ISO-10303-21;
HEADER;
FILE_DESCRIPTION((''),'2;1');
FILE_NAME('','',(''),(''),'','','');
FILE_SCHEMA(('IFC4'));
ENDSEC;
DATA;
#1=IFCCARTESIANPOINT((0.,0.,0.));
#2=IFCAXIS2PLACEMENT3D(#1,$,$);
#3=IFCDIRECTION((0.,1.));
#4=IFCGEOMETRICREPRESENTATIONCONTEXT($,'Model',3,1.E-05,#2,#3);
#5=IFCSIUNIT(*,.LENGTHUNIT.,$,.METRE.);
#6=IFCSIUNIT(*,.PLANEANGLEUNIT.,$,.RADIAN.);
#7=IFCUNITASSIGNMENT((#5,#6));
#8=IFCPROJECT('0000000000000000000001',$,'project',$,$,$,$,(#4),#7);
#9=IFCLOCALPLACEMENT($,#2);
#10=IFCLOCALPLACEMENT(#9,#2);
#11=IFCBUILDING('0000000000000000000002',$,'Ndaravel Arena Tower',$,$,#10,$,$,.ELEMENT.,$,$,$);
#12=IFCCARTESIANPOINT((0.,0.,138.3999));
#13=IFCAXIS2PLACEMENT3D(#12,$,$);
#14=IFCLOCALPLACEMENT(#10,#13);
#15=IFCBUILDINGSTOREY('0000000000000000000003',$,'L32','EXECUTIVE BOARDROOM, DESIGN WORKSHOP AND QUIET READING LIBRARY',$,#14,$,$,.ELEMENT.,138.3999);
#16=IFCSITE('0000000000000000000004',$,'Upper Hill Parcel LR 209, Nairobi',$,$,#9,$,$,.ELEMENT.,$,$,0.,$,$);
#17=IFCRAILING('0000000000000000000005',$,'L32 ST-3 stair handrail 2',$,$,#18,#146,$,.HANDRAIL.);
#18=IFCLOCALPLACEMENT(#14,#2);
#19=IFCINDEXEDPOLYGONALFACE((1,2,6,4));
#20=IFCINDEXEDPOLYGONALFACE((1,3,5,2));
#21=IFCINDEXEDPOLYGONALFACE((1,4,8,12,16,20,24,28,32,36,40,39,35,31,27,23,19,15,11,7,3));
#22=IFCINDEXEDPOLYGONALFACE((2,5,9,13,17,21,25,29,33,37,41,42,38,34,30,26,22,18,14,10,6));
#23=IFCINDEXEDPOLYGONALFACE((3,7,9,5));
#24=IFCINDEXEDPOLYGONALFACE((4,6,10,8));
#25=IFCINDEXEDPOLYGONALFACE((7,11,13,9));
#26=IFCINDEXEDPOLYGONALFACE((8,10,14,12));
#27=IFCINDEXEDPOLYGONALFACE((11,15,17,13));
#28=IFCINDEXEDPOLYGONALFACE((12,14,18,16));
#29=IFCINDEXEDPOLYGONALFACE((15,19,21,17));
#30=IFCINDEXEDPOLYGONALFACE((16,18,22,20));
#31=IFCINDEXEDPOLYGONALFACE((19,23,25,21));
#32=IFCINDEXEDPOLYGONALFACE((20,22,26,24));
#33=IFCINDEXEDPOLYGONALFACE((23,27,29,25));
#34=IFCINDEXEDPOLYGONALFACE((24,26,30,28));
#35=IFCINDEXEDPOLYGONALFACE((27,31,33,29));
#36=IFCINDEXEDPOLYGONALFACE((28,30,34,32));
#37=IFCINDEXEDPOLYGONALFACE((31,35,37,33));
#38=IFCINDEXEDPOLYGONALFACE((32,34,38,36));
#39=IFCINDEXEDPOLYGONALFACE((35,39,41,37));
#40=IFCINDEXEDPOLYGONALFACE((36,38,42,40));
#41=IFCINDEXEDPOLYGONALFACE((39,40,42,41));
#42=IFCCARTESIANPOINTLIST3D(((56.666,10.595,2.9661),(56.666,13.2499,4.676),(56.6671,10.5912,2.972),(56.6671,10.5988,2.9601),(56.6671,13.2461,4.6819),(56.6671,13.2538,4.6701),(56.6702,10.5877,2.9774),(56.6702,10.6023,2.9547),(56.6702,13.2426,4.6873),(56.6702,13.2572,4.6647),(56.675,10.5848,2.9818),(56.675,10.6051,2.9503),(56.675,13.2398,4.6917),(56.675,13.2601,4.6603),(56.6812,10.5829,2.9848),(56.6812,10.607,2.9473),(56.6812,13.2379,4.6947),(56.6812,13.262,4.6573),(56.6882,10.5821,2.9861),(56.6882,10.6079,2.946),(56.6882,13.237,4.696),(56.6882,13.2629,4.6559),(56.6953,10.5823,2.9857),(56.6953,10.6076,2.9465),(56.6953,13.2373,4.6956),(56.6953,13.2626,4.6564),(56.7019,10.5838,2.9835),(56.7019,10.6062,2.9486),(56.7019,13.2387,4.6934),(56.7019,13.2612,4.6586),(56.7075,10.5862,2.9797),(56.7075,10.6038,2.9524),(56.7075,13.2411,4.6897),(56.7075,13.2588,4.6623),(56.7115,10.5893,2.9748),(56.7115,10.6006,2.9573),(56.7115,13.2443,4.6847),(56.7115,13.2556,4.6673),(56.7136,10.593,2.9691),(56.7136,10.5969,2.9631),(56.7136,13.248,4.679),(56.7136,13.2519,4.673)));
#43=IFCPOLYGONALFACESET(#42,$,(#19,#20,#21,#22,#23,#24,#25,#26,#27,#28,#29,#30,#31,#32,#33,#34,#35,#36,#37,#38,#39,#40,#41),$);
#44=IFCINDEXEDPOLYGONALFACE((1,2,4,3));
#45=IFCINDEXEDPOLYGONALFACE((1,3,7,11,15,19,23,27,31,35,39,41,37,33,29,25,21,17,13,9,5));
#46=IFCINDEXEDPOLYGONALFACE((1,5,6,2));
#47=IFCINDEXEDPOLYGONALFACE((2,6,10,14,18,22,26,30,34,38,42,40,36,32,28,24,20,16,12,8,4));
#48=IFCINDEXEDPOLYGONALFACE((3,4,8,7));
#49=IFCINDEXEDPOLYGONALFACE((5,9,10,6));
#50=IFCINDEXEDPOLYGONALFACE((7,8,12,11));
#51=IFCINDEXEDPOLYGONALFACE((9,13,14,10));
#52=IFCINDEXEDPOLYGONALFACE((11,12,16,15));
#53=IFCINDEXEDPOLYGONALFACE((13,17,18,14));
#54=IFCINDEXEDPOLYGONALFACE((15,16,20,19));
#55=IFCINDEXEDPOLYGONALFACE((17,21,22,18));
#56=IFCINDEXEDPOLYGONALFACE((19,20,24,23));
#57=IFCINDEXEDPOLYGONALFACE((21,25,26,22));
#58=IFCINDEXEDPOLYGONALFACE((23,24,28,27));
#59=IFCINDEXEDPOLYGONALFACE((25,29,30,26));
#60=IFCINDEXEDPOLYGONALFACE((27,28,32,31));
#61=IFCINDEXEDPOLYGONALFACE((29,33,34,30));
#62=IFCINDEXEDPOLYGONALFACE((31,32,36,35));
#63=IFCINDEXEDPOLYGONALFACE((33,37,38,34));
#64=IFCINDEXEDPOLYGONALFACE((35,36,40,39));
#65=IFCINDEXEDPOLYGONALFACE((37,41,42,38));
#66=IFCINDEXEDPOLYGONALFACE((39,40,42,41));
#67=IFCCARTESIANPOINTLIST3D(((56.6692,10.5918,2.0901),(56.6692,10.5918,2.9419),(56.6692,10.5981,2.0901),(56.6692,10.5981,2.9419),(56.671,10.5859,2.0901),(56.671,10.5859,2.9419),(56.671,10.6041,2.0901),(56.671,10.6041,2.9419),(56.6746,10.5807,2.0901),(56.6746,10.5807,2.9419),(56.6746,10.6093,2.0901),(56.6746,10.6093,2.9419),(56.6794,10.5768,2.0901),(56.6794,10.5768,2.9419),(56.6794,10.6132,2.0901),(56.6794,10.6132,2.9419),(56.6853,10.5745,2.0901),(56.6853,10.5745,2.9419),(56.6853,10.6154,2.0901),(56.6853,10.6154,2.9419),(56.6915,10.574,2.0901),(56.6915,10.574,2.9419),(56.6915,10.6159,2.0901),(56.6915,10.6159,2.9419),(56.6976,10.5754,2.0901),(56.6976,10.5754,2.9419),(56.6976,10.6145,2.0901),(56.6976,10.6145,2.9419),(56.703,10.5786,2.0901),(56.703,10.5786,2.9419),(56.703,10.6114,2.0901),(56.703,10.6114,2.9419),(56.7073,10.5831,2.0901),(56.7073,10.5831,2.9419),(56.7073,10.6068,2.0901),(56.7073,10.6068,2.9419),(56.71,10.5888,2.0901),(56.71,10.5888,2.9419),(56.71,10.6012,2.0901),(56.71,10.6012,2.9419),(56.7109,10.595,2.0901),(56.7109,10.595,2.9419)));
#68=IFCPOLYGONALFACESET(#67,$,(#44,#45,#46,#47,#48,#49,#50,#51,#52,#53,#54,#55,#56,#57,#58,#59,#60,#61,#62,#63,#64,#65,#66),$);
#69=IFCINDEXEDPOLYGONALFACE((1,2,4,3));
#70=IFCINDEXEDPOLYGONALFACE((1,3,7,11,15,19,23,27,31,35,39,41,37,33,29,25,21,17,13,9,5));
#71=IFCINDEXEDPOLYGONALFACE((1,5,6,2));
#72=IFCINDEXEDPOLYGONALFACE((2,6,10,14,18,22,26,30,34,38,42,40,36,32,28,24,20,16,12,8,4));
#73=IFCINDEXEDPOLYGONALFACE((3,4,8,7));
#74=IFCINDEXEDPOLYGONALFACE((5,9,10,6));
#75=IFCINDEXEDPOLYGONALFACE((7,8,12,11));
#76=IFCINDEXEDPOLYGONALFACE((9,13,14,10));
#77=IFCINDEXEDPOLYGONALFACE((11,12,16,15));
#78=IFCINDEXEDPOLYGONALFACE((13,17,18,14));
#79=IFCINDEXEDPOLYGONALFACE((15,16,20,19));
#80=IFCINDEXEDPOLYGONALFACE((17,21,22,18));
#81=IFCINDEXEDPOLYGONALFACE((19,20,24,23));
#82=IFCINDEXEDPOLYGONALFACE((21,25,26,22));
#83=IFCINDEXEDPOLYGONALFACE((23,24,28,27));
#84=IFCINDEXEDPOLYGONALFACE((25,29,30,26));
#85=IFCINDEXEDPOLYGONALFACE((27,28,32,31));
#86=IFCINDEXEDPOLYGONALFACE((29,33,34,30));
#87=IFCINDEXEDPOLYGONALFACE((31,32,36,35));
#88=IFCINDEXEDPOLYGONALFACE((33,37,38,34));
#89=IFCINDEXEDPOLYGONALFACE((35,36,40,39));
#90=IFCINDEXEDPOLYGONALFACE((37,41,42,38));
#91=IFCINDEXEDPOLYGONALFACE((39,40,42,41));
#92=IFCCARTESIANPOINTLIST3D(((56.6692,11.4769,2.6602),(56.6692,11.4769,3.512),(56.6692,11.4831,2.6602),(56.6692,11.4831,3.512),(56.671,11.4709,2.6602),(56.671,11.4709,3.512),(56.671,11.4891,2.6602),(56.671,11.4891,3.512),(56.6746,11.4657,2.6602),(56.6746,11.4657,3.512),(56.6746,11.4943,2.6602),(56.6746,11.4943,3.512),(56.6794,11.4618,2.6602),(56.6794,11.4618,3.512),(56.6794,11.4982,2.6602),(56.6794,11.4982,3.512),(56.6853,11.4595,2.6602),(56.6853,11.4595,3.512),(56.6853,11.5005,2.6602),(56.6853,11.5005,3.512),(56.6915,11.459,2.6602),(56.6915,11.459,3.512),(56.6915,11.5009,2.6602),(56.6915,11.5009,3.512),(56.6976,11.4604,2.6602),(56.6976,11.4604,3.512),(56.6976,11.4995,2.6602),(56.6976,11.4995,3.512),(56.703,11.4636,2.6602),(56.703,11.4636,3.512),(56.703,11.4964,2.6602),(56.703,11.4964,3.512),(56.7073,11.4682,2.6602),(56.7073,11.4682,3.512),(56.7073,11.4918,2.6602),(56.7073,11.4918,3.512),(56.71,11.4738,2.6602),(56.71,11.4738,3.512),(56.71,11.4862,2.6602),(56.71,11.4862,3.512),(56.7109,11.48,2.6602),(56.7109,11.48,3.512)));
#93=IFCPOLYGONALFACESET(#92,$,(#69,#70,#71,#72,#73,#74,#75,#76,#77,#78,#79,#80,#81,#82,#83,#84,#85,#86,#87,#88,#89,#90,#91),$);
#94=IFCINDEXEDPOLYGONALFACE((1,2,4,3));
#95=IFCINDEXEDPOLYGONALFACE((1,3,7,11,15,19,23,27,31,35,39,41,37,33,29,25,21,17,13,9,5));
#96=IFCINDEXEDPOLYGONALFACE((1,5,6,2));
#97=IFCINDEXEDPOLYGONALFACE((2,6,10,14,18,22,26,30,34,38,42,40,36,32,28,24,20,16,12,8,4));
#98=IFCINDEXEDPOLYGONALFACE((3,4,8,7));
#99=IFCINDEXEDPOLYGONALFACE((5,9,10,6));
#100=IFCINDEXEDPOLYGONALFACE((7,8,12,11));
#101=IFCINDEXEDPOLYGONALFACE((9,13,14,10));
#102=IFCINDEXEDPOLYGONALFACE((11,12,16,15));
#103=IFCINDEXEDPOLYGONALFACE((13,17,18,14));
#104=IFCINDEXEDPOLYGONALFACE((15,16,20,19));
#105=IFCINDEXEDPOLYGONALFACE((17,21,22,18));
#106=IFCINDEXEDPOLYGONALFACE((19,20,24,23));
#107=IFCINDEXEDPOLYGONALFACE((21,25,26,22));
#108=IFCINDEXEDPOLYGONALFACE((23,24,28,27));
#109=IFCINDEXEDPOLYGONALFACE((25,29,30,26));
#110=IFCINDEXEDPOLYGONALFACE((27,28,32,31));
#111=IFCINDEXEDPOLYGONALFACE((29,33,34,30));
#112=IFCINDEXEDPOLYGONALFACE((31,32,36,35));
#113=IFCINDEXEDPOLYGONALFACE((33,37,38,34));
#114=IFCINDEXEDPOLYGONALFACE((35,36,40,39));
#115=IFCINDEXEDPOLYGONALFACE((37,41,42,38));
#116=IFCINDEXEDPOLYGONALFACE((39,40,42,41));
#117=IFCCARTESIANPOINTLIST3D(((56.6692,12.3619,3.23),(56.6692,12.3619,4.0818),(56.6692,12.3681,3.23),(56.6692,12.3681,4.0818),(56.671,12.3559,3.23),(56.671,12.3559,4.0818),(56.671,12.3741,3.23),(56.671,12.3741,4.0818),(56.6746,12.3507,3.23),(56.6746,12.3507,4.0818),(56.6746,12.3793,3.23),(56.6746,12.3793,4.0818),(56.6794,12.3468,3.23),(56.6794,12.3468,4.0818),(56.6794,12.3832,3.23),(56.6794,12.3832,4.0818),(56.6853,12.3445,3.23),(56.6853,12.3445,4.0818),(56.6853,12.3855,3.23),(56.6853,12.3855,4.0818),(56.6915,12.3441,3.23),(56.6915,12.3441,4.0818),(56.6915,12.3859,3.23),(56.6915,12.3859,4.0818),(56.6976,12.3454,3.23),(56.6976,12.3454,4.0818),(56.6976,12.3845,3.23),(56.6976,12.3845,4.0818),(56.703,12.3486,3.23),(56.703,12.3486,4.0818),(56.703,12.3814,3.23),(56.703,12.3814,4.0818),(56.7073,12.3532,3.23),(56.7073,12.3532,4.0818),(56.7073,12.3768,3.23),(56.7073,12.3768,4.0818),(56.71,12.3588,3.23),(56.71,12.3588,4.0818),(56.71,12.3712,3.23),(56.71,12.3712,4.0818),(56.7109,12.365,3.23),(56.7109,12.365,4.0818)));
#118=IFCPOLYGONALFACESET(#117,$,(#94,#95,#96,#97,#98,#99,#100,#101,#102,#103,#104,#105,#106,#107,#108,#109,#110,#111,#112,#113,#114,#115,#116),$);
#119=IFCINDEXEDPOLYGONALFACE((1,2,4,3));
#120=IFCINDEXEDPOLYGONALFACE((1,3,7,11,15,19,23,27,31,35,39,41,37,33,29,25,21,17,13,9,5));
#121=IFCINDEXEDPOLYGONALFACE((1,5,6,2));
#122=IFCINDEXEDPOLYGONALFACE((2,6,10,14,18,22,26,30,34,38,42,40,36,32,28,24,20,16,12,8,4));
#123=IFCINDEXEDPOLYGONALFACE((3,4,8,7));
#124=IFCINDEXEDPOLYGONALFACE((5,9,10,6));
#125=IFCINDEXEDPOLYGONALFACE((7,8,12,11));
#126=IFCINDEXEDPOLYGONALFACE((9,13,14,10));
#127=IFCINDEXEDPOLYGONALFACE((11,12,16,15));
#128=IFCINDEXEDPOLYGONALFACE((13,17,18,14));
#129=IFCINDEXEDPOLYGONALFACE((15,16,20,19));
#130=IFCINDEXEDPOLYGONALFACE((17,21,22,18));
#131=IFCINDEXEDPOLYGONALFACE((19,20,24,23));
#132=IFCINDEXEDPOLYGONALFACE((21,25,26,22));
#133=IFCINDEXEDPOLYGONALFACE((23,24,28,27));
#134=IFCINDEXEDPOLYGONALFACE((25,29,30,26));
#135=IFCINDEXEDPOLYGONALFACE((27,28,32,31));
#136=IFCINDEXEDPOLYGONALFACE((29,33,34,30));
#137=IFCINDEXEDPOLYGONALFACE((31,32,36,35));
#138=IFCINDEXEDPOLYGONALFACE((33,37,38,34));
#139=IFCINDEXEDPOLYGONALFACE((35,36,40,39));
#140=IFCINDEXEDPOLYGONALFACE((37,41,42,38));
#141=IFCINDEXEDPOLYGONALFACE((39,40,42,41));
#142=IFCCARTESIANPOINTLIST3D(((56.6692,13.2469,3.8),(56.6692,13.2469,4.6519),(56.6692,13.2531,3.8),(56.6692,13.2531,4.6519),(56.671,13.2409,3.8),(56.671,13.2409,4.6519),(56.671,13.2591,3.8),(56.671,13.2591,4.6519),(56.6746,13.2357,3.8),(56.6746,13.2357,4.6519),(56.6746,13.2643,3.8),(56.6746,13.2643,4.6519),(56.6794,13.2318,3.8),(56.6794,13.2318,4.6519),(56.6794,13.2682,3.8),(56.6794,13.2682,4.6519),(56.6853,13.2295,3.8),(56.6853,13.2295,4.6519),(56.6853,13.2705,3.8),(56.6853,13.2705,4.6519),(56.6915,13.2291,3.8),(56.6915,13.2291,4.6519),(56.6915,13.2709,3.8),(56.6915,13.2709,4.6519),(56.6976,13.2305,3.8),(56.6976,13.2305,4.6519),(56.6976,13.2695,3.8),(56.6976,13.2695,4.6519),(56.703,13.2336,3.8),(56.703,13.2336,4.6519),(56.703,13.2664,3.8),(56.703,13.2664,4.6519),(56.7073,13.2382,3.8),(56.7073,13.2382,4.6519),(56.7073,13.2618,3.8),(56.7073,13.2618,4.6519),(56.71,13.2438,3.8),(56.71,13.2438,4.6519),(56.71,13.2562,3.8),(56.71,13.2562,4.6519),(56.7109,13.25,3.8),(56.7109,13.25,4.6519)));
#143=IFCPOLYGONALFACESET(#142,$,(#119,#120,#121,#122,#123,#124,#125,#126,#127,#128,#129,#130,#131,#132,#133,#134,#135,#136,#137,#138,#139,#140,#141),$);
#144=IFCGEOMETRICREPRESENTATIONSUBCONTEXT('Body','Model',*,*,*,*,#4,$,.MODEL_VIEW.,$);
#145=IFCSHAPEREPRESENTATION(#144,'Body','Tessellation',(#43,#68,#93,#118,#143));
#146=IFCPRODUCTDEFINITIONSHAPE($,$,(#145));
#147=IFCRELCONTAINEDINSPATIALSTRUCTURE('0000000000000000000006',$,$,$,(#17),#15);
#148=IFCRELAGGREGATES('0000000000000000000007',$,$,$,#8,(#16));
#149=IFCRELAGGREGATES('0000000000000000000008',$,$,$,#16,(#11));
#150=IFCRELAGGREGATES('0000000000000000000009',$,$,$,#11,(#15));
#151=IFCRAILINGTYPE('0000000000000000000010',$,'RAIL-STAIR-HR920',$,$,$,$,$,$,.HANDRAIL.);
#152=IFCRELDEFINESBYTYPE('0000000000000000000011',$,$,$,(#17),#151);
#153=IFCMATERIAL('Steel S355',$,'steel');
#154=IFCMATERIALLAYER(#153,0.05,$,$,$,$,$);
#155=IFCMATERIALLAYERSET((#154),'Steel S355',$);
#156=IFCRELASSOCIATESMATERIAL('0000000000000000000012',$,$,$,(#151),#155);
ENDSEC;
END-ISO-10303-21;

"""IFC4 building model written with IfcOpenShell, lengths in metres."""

from ifc_helpers import new_model, si_unit, direction, frame, origin, origin_2d, place, context, subcontext, project, spatial, circle, extrude, material, layer, layer_set, type_object, element, save


model = new_model("IFC4")

# Units and contexts
model_context = context("Model", 3, precision=1e-05, world=origin(), true_north=direction((0.0, 1.0)))
body_context = subcontext(model_context, "Body", "Model", "MODEL_VIEW")
ifc_project = project(units=[si_unit("LENGTHUNIT", "METRE"), si_unit("PLANEANGLEUNIT", "RADIAN")], contexts=[model_context])

# Site, building, storey
site_placement = place(None, origin())
site = spatial("IfcSite", under=ifc_project, at=site_placement, Name="Upper Hill Parcel LR 209, Nairobi", CompositionType="ELEMENT", RefElevation=0.0)
building_placement = place(site_placement, origin())
building = spatial("IfcBuilding", under=site, at=building_placement, Name="Ndaravel Arena Tower", CompositionType="ELEMENT")
storey_placement = place(building_placement, frame((0.0, 0.0, 138.3999)))
storey = spatial("IfcBuildingStorey", under=building, at=storey_placement, Name="L32", Description="EXECUTIVE BOARDROOM, DESIGN WORKSHOP AND QUIET READING LIBRARY", CompositionType="ELEMENT", Elevation=138.3999)

# Railing
ifc_material_1 = material(Name="Steel S355", Category="steel")
ifc_layer_1 = layer(ifc_material_1, 0.05)
ifc_layer_set_1 = layer_set([ifc_layer_1], Name="Steel S355")
railing_type_1 = type_object("IfcRailingType", Name="RAIL-STAIR-HR920", PredefinedType="HANDRAIL", material=ifc_layer_set_1)
railing_1_placement = place(storey_placement, frame((56.6899, 10.595, 2.0901)))
element("IfcRailing", 1, at=railing_1_placement, inside=storey, type_object=railing_type_1, Name="L32 ST-3 stair handrail 2", PredefinedType="HANDRAIL", context=body_context, shape_type="SweptSolid", body=[
    extrude(circle(Radius=0.0239, at=origin_2d()), frame((0.0, 0.0, 0.876), z_axis=(0.0, 0.840724, 0.541465), x_axis=(-1.0, 0.0, 0.0)), (0.0, 0.0, 1.0), 3.158),
    extrude(circle(Radius=0.021, at=origin_2d()), origin(), (0.0, 0.0, 1.0), 0.8518),
    extrude(circle(Radius=0.021, at=origin_2d()), frame((0.0, 0.885, 0.5701)), (0.0, 0.0, 1.0), 0.8518),
    extrude(circle(Radius=0.021, at=origin_2d()), frame((0.0, 1.77, 1.1399)), (0.0, 0.0, 1.0), 0.8518),
    extrude(circle(Radius=0.021, at=origin_2d()), frame((0.0, 2.655, 1.71)), (0.0, 0.0, 1.0), 0.8518),
])

save(model, "model.ifc")
